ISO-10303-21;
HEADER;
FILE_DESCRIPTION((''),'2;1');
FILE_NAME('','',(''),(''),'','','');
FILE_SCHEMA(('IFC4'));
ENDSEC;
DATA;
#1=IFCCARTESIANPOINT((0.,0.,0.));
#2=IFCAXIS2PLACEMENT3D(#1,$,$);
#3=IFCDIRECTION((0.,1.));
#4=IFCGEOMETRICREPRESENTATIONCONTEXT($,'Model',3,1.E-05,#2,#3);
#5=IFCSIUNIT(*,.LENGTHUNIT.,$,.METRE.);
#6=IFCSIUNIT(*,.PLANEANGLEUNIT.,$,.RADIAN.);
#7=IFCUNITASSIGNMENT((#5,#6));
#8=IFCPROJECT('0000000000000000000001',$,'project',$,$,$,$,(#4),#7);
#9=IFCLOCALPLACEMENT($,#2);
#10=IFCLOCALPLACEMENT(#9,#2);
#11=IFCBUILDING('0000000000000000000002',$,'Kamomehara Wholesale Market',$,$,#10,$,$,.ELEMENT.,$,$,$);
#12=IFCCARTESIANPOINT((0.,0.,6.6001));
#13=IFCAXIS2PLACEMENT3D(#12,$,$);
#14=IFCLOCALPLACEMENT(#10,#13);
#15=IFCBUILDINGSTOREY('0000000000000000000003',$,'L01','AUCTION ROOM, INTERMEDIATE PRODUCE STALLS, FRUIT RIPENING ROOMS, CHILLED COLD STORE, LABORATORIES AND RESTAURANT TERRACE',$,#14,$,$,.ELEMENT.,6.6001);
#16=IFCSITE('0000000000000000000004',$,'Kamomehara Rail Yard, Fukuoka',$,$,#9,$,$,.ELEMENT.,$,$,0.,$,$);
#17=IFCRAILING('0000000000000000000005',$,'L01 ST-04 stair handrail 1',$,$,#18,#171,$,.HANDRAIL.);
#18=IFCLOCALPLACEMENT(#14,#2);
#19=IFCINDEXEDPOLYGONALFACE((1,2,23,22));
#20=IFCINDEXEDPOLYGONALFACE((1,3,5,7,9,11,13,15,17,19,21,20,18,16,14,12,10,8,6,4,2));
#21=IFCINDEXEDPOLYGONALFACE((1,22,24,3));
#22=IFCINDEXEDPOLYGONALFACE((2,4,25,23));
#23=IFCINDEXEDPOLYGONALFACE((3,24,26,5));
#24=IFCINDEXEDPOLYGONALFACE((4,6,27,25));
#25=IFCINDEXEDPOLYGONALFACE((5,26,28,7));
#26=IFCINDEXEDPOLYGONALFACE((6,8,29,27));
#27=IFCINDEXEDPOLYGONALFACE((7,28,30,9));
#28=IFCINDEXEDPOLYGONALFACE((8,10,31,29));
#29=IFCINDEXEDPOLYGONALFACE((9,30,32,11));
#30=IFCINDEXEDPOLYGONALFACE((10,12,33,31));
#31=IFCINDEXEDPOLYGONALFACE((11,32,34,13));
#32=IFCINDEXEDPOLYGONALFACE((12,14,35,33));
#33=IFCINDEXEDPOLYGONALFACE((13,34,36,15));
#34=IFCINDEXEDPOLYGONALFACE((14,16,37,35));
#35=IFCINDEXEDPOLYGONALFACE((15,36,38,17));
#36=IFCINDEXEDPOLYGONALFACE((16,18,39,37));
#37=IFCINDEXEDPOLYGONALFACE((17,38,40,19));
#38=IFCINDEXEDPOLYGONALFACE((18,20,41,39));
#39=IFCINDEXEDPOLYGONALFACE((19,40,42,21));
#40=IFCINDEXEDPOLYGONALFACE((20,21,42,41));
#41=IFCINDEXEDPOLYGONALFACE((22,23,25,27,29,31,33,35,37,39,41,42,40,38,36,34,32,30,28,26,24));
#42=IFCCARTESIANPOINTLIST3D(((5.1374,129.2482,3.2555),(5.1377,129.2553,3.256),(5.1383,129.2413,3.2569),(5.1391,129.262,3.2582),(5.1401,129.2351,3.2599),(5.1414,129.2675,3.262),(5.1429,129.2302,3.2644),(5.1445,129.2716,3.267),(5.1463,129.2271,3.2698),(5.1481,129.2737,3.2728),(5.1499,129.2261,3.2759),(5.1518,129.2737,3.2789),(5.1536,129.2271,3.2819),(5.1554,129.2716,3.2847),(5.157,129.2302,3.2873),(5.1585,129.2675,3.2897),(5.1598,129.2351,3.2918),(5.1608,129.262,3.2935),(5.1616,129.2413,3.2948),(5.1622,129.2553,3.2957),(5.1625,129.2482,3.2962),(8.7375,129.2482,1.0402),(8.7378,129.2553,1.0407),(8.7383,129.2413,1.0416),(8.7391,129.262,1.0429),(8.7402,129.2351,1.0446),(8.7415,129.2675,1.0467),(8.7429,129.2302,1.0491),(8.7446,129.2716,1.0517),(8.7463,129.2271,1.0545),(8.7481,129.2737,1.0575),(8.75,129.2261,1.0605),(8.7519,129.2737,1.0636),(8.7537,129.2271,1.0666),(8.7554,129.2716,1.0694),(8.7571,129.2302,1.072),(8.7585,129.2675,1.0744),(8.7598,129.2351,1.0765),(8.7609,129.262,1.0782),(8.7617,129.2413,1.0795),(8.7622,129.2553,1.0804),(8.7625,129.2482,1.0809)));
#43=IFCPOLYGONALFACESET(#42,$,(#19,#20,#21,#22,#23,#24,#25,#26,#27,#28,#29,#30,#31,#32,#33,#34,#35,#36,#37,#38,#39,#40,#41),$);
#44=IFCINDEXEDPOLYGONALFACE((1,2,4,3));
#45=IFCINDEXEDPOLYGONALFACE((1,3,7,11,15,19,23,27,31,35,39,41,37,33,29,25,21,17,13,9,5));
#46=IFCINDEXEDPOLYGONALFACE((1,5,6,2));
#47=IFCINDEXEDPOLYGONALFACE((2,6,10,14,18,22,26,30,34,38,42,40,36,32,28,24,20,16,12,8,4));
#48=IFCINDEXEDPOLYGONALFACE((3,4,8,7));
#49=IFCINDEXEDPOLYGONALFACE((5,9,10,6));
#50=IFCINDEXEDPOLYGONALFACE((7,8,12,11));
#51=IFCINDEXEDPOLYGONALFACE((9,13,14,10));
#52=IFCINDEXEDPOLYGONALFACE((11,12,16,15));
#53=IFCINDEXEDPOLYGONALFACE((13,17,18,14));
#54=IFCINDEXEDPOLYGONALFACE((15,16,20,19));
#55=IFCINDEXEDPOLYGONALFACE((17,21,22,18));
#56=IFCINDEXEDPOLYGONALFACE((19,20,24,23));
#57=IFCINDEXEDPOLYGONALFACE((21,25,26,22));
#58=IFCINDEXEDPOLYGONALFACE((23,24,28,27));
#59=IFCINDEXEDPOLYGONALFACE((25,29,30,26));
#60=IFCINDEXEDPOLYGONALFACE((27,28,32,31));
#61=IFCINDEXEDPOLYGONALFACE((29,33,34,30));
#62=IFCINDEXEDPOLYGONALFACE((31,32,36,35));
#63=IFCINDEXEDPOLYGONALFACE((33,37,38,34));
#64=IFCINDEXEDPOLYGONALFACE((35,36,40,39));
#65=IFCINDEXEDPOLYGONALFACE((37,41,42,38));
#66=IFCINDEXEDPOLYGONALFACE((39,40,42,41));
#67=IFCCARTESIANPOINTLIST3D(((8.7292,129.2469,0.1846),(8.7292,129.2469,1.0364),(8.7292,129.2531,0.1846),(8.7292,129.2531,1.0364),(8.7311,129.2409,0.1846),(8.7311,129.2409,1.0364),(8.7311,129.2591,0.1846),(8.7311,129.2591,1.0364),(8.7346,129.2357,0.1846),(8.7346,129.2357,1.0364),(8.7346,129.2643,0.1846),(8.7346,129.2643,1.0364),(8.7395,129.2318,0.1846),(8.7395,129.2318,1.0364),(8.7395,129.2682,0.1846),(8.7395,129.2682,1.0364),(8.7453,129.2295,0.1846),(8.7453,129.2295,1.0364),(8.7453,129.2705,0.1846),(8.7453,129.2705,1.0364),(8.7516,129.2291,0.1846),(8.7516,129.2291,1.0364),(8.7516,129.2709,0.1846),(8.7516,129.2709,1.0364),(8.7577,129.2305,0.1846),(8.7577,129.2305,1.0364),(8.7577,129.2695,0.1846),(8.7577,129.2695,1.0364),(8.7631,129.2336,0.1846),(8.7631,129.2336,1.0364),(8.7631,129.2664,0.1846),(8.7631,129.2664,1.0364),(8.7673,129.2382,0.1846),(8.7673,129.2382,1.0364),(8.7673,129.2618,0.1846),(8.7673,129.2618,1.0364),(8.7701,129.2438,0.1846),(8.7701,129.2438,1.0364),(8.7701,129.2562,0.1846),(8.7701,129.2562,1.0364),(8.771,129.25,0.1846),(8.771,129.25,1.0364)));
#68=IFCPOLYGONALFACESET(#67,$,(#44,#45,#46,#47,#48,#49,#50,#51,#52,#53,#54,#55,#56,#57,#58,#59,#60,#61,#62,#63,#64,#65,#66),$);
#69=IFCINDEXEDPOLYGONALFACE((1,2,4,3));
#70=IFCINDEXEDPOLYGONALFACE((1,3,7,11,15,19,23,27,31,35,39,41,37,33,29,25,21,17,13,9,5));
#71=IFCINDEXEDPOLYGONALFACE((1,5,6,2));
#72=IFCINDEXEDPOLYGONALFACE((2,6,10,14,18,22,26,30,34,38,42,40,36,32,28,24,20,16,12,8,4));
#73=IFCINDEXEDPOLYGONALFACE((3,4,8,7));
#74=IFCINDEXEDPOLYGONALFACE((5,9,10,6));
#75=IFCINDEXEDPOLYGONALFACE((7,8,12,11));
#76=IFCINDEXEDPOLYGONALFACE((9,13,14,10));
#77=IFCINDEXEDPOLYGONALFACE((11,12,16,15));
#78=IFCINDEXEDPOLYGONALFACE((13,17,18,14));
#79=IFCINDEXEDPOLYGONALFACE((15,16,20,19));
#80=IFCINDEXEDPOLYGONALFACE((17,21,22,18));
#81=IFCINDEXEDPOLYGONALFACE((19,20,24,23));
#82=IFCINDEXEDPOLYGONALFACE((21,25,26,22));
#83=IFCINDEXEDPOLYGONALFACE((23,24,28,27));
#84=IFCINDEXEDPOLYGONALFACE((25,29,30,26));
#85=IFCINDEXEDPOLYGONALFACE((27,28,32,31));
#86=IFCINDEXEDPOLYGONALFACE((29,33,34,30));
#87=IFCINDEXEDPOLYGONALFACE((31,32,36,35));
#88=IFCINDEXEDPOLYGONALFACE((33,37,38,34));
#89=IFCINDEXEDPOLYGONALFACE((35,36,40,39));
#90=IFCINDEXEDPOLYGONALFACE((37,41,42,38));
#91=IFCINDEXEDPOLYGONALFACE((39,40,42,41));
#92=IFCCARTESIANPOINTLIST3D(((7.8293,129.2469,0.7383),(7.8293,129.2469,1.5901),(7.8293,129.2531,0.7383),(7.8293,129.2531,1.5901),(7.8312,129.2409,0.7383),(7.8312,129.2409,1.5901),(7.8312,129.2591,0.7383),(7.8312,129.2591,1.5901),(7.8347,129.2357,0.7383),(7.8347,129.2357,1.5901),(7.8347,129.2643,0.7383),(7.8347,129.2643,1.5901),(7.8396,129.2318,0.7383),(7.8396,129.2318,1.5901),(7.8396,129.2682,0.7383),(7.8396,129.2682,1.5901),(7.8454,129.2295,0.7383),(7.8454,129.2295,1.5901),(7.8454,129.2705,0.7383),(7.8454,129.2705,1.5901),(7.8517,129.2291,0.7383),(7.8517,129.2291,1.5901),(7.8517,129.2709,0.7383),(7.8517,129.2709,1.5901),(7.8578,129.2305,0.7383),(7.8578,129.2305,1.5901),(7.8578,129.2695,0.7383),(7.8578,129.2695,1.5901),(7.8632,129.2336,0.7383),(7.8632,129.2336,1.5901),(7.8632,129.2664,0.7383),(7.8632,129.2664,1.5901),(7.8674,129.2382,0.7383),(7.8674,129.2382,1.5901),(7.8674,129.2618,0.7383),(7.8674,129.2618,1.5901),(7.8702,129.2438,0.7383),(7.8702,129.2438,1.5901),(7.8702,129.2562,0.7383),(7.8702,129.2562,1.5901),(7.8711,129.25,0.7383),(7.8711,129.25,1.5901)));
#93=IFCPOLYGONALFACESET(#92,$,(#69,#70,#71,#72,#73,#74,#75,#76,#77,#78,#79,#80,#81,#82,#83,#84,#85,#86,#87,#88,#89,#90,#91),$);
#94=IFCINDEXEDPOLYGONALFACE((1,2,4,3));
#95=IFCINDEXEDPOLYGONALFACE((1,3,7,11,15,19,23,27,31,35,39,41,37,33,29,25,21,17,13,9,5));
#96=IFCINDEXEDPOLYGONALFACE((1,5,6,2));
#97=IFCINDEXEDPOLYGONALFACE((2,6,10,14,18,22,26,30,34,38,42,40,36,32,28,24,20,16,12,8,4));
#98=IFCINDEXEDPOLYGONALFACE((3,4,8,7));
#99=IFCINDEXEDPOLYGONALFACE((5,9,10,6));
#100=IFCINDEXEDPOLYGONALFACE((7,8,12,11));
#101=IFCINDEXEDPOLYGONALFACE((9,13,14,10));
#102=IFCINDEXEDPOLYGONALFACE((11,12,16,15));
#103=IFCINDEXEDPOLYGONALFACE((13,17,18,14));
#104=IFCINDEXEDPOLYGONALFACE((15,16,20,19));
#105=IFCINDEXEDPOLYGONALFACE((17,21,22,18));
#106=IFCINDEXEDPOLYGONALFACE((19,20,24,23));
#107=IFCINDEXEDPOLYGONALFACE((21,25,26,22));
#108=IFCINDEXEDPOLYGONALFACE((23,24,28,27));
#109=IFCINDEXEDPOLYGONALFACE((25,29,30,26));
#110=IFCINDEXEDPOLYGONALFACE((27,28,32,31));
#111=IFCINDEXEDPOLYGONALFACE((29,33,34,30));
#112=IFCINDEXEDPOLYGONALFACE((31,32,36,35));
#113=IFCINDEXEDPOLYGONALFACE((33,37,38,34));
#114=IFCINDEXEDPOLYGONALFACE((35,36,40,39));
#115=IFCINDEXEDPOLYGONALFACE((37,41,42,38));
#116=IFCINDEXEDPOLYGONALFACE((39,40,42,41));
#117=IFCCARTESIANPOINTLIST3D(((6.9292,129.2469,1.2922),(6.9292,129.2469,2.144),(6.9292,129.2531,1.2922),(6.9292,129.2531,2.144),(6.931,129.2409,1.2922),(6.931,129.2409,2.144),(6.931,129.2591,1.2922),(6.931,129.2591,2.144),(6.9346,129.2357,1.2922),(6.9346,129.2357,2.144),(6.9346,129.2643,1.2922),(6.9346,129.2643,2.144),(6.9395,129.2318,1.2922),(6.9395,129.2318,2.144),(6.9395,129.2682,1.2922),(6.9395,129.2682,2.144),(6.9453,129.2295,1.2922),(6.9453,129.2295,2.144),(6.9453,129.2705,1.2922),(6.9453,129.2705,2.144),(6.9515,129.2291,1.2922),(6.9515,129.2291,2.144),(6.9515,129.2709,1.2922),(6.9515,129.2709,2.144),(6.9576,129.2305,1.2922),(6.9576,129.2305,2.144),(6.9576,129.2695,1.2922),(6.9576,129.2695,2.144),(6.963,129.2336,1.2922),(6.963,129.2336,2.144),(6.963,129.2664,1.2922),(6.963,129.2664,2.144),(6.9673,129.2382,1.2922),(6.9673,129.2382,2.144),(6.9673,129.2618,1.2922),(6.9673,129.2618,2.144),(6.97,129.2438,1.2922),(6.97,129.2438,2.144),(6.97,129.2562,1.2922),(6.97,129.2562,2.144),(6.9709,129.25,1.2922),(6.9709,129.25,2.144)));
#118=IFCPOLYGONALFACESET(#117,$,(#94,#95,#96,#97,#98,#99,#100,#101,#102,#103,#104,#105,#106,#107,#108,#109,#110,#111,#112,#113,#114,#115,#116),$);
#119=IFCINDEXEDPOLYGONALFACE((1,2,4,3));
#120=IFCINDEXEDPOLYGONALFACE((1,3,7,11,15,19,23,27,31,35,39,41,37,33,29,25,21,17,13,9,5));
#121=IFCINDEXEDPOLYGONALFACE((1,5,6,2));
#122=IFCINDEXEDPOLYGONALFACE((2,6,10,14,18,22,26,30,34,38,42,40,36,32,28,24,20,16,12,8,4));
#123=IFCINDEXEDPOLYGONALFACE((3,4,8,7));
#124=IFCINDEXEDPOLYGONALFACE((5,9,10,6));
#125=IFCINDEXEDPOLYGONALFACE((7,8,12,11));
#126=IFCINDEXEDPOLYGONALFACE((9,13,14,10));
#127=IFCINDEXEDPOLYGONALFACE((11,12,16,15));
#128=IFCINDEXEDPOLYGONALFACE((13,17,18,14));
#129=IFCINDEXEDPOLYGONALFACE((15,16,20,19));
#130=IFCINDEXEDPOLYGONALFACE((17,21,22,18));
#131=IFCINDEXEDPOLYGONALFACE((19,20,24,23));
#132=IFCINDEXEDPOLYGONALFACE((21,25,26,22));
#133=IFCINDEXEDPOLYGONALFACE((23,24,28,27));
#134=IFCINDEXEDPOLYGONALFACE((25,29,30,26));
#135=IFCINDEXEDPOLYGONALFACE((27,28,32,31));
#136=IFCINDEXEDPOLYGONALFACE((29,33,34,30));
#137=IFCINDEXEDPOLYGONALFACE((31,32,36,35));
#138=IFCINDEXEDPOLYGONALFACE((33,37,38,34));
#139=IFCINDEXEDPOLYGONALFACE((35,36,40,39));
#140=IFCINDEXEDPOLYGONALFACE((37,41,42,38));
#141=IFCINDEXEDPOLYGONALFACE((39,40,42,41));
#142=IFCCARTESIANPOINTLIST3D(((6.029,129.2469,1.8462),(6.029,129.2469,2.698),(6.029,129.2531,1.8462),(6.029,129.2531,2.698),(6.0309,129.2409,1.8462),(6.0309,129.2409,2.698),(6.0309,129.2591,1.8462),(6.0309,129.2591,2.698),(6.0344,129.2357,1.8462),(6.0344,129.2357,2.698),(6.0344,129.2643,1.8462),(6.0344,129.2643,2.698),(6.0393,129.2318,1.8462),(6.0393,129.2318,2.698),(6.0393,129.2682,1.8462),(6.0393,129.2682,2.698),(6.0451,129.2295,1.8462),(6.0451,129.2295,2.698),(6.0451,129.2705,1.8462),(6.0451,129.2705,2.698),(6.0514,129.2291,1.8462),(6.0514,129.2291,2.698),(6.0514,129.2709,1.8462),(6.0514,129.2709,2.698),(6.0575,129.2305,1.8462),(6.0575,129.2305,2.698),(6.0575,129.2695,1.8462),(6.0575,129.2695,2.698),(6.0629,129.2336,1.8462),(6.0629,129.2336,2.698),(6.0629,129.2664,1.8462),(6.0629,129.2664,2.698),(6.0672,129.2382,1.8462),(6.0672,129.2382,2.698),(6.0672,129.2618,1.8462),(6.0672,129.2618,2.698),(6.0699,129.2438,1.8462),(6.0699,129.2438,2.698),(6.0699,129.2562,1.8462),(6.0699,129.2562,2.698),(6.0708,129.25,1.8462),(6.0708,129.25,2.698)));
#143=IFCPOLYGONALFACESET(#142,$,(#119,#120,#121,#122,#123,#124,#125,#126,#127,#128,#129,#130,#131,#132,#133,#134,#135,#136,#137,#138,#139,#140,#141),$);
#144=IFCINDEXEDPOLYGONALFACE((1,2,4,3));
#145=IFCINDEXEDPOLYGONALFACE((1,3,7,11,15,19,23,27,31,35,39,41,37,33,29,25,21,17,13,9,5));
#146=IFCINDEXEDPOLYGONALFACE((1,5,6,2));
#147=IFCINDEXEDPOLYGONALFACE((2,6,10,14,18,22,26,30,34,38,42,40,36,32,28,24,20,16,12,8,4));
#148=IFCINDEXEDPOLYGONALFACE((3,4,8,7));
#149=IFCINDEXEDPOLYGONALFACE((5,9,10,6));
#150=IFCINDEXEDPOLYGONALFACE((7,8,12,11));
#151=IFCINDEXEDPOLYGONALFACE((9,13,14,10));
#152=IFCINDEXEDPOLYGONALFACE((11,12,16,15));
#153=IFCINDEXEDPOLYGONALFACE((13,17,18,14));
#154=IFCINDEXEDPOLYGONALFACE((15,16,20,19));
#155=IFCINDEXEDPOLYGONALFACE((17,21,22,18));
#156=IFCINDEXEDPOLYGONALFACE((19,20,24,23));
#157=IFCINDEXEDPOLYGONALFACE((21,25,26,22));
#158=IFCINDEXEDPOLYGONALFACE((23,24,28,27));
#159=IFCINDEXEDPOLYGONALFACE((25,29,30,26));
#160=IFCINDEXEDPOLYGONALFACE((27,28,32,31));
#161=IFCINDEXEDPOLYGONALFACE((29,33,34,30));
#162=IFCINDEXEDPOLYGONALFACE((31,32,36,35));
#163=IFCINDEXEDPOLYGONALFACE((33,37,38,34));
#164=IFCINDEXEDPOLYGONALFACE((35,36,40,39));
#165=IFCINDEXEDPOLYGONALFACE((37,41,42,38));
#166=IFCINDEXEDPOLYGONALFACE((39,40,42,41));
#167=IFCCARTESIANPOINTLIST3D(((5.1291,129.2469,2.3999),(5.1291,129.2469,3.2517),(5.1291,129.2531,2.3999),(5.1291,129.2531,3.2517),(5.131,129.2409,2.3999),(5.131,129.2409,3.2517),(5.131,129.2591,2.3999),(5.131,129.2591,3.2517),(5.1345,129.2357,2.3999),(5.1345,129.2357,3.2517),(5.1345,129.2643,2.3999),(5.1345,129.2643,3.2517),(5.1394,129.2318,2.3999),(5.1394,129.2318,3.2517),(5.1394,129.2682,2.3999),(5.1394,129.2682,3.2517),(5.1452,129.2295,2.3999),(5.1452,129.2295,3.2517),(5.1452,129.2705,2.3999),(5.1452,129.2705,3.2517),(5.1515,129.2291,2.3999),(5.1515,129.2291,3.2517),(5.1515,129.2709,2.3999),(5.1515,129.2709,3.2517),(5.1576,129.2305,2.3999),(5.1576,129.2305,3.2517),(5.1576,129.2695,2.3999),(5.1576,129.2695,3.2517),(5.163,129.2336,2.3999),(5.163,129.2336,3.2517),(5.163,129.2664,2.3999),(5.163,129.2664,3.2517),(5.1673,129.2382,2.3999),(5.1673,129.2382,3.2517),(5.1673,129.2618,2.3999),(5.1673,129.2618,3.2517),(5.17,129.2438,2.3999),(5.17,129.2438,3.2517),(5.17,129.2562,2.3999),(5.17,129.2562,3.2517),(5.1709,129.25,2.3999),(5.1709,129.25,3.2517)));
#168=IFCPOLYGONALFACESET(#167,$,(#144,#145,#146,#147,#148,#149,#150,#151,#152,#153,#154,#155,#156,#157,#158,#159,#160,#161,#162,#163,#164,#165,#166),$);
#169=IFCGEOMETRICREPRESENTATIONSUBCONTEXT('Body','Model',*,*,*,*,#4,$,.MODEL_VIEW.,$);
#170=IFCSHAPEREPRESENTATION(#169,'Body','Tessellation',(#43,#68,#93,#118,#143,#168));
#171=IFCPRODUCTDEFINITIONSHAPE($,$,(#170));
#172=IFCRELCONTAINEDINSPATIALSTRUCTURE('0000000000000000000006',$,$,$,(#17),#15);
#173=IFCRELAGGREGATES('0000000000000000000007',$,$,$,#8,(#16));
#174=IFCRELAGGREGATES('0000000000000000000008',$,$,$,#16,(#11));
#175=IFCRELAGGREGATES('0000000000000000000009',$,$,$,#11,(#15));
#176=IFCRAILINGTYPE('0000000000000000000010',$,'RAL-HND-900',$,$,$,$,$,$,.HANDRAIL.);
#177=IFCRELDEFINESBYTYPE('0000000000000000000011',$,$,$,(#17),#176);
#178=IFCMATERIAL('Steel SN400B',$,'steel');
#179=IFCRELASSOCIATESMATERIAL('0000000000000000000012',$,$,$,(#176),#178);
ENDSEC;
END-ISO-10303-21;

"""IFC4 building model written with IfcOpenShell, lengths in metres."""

from ifc_helpers import new_model, si_unit, direction, frame, origin, origin_2d, place, context, subcontext, project, spatial, circle, extrude, material, type_object, element, save


model = new_model("IFC4")

# Units and contexts
model_context = context("Model", 3, precision=1e-05, world=origin(), true_north=direction((0.0, 1.0)))
body_context = subcontext(model_context, "Body", "Model", "MODEL_VIEW")
ifc_project = project(units=[si_unit("LENGTHUNIT", "METRE"), si_unit("PLANEANGLEUNIT", "RADIAN")], contexts=[model_context])

# Site, building, storey
site_placement = place(None, origin())
site = spatial("IfcSite", under=ifc_project, at=site_placement, Name="Kamomehara Rail Yard, Fukuoka", CompositionType="ELEMENT", RefElevation=0.0)
building_placement = place(site_placement, origin())
building = spatial("IfcBuilding", under=site, at=building_placement, Name="Kamomehara Wholesale Market", CompositionType="ELEMENT")
storey_placement = place(building_placement, frame((0.0, 0.0, 6.6001)))
storey = spatial("IfcBuildingStorey", under=building, at=storey_placement, Name="L01", Description="AUCTION ROOM, INTERMEDIATE PRODUCE STALLS, FRUIT RIPENING ROOMS, CHILLED COLD STORE, LABORATORIES AND RESTAURANT TERRACE", CompositionType="ELEMENT", Elevation=6.6001)

# Railing
ifc_material_1 = material(Name="Steel SN400B", Category="steel")
railing_type_1 = type_object("IfcRailingType", Name="RAL-HND-900", PredefinedType="HANDRAIL", material=ifc_material_1)
railing_1_placement = place(storey_placement, frame((8.75, 129.25, 0.1846)))
element("IfcRailing", 1, at=railing_1_placement, inside=storey, type_object=railing_type_1, Name="L01 ST-04 stair handrail 1", PredefinedType="HANDRAIL", context=body_context, shape_type="SweptSolid", body=[
    extrude(circle(Radius=0.0239, at=origin_2d()), frame((0.0, 0.0, 0.876), z_axis=(-0.85167, 0.0, 0.524078), x_axis=(0.0, -1.0, 0.0)), (0.0, 0.0, 1.0), 4.2271),
    extrude(circle(Radius=0.021, at=origin_2d()), origin(), (0.0, 0.0, 1.0), 0.8518),
    extrude(circle(Radius=0.021, at=origin_2d()), frame((-0.8999, 0.0, 0.5537)), (0.0, 0.0, 1.0), 0.8518),
    extrude(circle(Radius=0.021, at=origin_2d()), frame((-1.8, 0.0, 1.1077)), (0.0, 0.0, 1.0), 0.8518),
    extrude(circle(Radius=0.021, at=origin_2d()), frame((-2.7002, 0.0, 1.6616)), (0.0, 0.0, 1.0), 0.8518),
    extrude(circle(Radius=0.021, at=origin_2d()), frame((-3.6001, 0.0, 2.2153)), (0.0, 0.0, 1.0), 0.8518),
])

save(model, "model.ifc")
